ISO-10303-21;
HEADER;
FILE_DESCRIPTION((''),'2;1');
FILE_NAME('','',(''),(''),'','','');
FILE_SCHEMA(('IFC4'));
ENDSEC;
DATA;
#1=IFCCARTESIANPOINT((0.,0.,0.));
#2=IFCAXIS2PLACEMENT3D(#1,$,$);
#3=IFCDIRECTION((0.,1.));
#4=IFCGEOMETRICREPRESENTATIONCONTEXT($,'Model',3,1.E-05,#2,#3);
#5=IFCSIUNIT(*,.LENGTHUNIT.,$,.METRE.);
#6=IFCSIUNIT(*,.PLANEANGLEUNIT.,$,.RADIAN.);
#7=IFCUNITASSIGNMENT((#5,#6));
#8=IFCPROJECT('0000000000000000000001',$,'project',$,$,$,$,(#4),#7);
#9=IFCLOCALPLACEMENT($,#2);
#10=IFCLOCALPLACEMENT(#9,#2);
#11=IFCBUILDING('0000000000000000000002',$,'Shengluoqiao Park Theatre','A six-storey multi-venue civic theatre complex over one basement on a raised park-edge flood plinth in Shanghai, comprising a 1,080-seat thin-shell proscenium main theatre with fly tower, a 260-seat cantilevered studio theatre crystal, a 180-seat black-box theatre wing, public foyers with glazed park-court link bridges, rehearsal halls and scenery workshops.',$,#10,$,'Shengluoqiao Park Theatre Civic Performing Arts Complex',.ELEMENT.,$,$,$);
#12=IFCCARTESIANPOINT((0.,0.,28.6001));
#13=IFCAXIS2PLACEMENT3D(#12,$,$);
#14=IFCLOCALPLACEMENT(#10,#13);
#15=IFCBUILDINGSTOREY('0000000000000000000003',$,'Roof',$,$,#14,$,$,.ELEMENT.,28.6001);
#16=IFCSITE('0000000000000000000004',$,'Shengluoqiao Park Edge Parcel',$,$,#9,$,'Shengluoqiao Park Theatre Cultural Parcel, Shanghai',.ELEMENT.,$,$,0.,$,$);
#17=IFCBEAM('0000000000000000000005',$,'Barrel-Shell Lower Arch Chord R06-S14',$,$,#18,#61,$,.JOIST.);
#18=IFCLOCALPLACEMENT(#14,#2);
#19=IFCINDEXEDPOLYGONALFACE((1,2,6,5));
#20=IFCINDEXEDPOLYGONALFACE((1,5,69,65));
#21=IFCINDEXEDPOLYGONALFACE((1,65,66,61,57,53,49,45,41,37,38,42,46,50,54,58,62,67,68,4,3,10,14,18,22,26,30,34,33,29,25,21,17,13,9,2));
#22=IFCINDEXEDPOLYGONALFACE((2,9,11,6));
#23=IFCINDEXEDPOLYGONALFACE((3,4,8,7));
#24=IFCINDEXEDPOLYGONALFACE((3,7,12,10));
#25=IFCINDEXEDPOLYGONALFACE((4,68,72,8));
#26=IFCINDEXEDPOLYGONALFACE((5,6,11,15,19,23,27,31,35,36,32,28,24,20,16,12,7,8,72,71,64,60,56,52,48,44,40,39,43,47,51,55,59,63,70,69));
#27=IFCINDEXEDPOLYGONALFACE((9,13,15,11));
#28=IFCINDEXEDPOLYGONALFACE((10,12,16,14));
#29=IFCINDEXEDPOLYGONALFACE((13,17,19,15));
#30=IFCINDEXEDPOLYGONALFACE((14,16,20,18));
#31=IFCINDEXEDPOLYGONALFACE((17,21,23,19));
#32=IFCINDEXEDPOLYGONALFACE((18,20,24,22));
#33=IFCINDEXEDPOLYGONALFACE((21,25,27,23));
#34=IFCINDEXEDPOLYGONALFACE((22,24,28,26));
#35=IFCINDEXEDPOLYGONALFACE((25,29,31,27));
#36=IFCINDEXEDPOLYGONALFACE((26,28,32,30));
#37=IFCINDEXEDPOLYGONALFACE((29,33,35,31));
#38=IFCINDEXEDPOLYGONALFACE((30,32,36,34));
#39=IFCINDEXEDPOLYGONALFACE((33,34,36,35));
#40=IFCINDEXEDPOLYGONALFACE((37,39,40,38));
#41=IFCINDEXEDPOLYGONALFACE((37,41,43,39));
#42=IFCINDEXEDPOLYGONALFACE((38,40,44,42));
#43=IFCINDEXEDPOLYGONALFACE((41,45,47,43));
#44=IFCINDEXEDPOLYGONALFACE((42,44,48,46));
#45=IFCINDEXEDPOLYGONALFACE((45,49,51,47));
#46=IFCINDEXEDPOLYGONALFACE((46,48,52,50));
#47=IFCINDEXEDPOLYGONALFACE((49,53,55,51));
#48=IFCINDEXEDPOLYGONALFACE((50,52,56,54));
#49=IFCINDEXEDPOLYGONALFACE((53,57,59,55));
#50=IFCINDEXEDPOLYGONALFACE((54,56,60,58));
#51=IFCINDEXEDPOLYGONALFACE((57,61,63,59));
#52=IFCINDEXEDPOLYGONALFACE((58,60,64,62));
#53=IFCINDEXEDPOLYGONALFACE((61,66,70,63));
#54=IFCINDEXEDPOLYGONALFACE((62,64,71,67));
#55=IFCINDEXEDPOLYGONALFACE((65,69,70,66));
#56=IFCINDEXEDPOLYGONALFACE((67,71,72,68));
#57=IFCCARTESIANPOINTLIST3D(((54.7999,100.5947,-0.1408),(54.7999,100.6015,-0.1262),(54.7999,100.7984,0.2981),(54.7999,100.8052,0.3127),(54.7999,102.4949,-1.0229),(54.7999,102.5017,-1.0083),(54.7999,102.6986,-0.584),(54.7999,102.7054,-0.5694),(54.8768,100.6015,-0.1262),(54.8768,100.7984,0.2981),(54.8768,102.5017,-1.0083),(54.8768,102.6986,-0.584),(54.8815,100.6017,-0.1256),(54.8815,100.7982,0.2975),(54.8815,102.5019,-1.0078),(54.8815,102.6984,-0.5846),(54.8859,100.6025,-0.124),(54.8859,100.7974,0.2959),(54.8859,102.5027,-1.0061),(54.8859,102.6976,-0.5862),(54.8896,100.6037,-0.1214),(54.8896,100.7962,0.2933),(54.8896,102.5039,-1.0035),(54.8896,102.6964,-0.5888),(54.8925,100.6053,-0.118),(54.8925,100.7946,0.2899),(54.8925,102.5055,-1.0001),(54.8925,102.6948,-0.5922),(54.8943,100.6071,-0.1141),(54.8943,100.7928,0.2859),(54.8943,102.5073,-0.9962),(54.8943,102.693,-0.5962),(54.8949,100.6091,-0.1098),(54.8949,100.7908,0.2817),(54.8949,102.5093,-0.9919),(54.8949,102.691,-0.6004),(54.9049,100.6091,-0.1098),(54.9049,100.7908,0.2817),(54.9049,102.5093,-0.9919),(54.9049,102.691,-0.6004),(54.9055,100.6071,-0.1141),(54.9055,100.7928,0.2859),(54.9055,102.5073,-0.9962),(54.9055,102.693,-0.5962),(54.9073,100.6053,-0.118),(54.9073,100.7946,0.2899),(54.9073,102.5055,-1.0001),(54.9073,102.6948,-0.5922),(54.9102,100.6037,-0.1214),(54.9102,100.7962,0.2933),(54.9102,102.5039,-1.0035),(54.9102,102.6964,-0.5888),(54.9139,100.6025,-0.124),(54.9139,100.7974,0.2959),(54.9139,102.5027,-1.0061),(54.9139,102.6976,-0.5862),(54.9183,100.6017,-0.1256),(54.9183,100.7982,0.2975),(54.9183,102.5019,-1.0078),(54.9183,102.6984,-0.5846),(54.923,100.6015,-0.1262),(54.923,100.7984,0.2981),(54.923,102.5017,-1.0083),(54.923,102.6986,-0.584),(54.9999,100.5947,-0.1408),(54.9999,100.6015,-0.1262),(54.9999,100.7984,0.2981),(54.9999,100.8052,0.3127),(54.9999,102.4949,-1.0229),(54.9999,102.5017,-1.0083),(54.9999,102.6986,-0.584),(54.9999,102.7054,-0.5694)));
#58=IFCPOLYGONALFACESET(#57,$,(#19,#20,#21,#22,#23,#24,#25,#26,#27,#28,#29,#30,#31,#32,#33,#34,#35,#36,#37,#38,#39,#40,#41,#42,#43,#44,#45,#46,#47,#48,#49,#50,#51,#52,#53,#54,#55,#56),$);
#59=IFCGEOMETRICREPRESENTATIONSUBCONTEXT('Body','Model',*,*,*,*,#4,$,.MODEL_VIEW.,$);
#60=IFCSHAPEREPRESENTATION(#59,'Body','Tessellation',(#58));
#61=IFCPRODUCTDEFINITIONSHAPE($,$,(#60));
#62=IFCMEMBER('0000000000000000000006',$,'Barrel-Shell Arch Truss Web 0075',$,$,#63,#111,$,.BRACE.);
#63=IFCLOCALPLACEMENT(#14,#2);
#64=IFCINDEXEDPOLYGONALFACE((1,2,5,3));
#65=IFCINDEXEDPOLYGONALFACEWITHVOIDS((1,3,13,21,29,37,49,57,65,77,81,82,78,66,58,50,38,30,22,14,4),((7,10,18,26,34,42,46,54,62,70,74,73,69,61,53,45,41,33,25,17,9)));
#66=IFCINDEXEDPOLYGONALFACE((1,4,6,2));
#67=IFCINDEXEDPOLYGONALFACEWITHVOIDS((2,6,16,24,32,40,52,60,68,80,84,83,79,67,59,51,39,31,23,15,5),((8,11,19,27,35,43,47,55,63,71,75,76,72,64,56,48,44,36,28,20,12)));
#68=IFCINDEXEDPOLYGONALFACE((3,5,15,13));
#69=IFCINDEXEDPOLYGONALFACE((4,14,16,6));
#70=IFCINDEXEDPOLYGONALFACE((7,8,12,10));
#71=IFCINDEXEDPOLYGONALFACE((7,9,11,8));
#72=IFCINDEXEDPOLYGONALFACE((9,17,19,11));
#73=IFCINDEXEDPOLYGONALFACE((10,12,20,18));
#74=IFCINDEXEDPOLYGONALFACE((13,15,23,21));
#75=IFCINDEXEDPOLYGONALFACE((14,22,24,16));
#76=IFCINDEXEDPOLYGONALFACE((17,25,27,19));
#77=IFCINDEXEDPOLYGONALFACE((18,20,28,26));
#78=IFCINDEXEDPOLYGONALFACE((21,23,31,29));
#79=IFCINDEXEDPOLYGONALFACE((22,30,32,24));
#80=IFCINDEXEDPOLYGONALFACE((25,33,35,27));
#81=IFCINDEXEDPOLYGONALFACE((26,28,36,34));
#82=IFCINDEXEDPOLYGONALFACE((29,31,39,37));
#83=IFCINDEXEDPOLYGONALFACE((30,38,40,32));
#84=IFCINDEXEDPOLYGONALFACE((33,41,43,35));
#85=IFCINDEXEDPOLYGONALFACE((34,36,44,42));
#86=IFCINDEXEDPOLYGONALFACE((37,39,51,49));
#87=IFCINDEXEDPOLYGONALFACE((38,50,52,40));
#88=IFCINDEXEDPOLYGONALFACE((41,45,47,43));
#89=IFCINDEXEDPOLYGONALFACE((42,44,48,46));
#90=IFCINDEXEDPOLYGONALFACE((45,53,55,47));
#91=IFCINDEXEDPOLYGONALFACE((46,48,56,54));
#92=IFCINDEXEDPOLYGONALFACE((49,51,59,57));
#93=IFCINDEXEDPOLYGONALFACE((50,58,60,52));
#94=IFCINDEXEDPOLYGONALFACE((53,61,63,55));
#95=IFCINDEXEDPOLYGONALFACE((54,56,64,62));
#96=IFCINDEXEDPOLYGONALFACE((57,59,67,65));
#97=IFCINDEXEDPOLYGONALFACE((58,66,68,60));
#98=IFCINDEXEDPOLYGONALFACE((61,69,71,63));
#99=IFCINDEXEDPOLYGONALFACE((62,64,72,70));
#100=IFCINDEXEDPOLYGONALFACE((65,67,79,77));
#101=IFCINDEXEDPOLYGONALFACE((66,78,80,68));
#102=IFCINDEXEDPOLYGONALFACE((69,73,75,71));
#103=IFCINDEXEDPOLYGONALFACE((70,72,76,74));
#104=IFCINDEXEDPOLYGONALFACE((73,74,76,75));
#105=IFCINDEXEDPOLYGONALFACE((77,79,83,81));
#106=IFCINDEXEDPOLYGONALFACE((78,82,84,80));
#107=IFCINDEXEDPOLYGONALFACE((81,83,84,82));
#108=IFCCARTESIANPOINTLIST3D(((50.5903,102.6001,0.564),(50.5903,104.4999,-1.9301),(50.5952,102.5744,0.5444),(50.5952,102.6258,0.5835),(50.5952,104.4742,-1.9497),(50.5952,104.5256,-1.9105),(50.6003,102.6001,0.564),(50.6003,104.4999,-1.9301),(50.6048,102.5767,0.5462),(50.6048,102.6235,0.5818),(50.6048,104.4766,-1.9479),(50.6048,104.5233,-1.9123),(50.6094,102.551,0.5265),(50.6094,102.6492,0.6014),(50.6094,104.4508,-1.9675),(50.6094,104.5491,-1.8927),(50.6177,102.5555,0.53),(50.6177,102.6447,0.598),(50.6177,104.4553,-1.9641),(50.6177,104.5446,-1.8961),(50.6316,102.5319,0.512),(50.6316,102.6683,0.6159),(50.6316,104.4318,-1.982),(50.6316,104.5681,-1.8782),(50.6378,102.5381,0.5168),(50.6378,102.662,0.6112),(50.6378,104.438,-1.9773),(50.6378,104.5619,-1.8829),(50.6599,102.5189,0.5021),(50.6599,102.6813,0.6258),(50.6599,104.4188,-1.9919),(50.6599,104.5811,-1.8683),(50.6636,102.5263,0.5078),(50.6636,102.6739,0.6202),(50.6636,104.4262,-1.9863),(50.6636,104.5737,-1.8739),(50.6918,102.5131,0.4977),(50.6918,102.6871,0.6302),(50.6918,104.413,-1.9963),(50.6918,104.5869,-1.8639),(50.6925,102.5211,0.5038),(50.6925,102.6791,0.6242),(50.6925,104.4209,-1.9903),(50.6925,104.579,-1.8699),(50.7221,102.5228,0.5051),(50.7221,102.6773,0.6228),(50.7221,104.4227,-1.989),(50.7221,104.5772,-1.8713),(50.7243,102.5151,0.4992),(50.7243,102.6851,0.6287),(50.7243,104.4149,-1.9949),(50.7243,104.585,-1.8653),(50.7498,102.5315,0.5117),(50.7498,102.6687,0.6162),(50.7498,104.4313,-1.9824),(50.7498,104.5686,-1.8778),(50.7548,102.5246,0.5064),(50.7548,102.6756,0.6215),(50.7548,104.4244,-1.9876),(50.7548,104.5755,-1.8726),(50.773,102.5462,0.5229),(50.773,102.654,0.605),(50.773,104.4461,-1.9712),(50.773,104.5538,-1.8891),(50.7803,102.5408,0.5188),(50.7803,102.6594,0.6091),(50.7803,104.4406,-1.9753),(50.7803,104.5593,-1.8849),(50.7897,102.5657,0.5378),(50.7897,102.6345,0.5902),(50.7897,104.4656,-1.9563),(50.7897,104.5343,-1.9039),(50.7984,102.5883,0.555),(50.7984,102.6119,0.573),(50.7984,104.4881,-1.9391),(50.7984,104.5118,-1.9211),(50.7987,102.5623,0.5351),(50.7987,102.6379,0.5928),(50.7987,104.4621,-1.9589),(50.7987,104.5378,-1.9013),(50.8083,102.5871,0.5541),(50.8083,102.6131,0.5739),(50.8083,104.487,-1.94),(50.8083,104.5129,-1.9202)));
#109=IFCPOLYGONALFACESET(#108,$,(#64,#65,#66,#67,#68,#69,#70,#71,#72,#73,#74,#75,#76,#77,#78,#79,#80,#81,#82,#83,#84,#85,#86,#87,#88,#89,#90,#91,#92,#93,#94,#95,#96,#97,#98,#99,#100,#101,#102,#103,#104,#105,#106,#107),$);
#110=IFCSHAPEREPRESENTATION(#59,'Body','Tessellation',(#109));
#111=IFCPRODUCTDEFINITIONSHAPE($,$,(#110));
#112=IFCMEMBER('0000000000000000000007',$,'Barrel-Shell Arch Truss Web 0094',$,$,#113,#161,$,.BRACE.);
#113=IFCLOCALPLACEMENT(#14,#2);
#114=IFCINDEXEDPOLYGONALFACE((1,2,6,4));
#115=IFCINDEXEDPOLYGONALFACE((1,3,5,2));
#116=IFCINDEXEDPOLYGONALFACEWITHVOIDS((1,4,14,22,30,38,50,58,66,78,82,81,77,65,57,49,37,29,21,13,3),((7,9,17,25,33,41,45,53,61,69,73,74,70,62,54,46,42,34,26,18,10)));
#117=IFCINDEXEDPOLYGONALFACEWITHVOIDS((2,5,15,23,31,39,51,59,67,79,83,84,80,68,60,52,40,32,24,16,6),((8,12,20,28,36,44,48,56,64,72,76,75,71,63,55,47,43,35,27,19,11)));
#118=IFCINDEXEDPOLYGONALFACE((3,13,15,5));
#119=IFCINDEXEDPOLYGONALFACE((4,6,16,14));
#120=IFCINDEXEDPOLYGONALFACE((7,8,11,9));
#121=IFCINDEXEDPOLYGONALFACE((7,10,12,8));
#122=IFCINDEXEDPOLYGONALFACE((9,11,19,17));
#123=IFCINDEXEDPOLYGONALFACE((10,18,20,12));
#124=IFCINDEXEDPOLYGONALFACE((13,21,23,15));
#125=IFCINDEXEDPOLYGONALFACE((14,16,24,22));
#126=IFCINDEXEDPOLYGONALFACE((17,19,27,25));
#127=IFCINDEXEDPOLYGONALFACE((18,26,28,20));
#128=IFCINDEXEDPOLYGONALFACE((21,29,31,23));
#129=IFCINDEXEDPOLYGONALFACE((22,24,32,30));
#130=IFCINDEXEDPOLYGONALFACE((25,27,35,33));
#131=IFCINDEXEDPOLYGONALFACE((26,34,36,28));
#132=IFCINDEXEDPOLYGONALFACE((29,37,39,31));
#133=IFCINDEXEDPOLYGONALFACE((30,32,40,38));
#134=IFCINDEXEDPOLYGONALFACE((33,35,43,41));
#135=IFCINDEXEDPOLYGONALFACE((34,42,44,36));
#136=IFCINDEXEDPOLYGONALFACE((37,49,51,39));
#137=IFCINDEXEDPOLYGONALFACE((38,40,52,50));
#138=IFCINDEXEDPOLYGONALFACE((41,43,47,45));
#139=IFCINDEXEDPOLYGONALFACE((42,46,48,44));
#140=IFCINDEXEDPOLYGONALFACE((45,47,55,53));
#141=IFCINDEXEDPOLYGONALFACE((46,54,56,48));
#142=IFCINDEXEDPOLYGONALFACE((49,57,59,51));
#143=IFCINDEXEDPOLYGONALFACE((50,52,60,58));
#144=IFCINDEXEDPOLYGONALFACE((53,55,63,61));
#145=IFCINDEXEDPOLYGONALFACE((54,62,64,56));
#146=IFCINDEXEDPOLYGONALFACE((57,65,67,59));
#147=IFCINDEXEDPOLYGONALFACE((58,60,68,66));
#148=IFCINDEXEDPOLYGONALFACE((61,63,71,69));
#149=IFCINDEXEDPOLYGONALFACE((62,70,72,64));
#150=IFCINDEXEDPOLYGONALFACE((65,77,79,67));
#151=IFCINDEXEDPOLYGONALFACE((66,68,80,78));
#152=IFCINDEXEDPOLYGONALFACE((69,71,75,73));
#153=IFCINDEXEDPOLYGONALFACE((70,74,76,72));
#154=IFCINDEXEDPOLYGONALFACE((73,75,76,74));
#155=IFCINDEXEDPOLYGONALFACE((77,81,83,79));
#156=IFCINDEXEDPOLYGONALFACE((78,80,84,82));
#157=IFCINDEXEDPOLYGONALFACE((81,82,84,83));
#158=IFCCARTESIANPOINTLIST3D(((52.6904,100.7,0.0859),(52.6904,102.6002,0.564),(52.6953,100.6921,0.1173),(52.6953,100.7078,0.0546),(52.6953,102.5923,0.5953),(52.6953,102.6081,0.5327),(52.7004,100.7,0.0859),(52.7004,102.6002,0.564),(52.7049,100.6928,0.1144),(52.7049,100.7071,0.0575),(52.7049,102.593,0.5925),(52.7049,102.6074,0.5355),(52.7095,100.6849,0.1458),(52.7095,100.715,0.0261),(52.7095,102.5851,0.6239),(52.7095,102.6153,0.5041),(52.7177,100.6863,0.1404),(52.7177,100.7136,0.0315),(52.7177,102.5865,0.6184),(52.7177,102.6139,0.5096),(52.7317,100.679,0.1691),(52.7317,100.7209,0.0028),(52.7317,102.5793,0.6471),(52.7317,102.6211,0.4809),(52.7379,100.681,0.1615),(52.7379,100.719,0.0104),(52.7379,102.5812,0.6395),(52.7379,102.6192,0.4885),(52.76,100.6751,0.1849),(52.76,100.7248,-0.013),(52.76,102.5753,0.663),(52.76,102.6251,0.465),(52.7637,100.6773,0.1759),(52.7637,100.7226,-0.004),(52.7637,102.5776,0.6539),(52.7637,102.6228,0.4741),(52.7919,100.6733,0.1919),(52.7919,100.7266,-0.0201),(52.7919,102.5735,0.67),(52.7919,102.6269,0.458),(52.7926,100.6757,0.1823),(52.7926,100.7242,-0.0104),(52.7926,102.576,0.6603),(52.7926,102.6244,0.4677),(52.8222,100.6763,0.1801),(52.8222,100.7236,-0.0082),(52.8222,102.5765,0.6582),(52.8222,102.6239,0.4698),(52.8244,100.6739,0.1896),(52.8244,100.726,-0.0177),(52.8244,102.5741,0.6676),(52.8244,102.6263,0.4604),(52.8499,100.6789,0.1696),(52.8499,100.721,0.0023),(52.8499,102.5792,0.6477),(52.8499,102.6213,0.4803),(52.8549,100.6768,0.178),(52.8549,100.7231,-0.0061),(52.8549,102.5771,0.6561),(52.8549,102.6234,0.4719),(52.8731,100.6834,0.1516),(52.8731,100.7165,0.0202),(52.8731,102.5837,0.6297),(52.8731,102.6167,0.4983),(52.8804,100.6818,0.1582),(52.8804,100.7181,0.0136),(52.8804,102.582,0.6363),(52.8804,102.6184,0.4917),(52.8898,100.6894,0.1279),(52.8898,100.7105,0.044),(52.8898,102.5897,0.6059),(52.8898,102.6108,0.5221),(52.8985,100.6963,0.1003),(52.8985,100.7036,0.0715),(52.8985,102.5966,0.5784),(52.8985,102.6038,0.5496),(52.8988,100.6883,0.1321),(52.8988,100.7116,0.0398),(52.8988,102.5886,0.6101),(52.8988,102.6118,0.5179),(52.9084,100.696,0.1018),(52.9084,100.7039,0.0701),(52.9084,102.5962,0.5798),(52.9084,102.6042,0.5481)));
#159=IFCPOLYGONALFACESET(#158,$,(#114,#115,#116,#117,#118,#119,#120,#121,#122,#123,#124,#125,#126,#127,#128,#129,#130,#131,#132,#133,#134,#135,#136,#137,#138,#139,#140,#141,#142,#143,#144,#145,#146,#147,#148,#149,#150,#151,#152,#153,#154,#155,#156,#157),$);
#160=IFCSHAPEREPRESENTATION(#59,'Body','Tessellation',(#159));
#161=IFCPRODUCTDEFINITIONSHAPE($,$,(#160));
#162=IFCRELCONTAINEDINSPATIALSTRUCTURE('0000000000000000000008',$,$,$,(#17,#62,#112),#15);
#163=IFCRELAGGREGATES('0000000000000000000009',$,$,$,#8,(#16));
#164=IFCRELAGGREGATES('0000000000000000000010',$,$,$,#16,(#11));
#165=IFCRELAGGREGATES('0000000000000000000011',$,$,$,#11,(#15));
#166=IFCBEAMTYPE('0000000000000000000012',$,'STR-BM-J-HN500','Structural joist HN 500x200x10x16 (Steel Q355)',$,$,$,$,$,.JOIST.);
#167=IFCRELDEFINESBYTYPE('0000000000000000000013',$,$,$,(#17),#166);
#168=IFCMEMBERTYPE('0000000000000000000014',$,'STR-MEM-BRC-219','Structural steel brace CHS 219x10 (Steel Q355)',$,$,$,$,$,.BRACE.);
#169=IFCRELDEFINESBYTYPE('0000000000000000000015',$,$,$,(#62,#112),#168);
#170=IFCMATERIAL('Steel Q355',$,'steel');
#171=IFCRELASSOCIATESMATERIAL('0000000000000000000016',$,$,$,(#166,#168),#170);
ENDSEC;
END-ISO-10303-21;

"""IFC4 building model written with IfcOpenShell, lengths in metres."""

from ifc_helpers import new_model, si_unit, direction, frame, origin, origin_2d, place, context, subcontext, project, spatial, hollow_circle, i_section, extrude, material, material_profile, profile_set, type_object, element, save


model = new_model("IFC4")

# Units and contexts
model_context = context("Model", 3, precision=1e-05, world=origin(), true_north=direction((0.0, 1.0)))
body_context = subcontext(model_context, "Body", "Model", "MODEL_VIEW")
ifc_project = project(units=[si_unit("LENGTHUNIT", "METRE"), si_unit("PLANEANGLEUNIT", "RADIAN")], contexts=[model_context])

# Site, building, storey
site_placement = place(None, origin())
site = spatial("IfcSite", under=ifc_project, at=site_placement, Name="Shengluoqiao Park Edge Parcel", LongName="Shengluoqiao Park Theatre Cultural Parcel, Shanghai", CompositionType="ELEMENT", RefElevation=0.0)
building_placement = place(site_placement, origin())
building = spatial("IfcBuilding", under=site, at=building_placement, Name="Shengluoqiao Park Theatre", Description="A six-storey multi-venue civic theatre complex over one basement on a raised park-edge flood plinth in Shanghai, comprising a 1,080-seat thin-shell proscenium main theatre with fly tower, a 260-seat cantilevered studio theatre crystal, a 180-seat black-box theatre wing, public foyers with glazed park-court link bridges, rehearsal halls and scenery workshops.", LongName="Shengluoqiao Park Theatre Civic Performing Arts Complex", CompositionType="ELEMENT")
storey_placement = place(building_placement, frame((0.0, 0.0, 28.6001)))
storey = spatial("IfcBuildingStorey", under=building, at=storey_placement, Name="Roof", CompositionType="ELEMENT", Elevation=28.6001)

# Beam
ifc_material_1 = material(Name="Steel Q355", Category="steel")
ifc_material_profile_1 = material_profile(ifc_material_1, i_section(OverallWidth=0.2, OverallDepth=0.5, WebThickness=0.01, FlangeThickness=0.0161, FilletRadius=0.0181, at=origin_2d()), Name="HN 500x200x10x16")
ifc_profile_set_1 = profile_set([ifc_material_profile_1], Name="Steel Q355")
beam_type_1 = type_object("IfcBeamType", Name="STR-BM-J-HN500", Description="Structural joist HN 500x200x10x16 (Steel Q355)", PredefinedType="JOIST", material=ifc_profile_set_1)
beam_1_placement = place(storey_placement, frame((54.8999, 100.7, 0.0859), z_axis=(0.0, 0.907033, -0.42106), x_axis=(-1.0, 0.0, 0.0)))
element("IfcBeam", 1, at=beam_1_placement, inside=storey, type_object=beam_type_1, Name="Barrel-Shell Lower Arch Chord R06-S14", PredefinedType="JOIST", context=body_context, shape_type="SweptSolid", body=[
    extrude(i_section(OverallWidth=0.2, OverallDepth=0.5, WebThickness=0.01, FlangeThickness=0.0161, FilletRadius=0.0181, at=origin_2d()), origin(), (0.0, 0.0, 1.0), 2.095),
])

# Members
ifc_material_profile_2 = material_profile(ifc_material_1, hollow_circle(Radius=0.1096, WallThickness=0.01, at=origin_2d()), Name="CHS 219x10")
ifc_profile_set_2 = profile_set([ifc_material_profile_2], Name="Steel Q355")
member_type_1 = type_object("IfcMemberType", Name="STR-MEM-BRC-219", Description="Structural steel brace CHS 219x10 (Steel Q355)", PredefinedType="BRACE", material=ifc_profile_set_2)
member_1_placement = place(storey_placement, frame((50.7, 102.6001, 0.564), z_axis=(0.0, 0.605963, -0.795492), x_axis=(-1.0, 0.0, 0.0)))
element("IfcMember", 2, at=member_1_placement, inside=storey, type_object=member_type_1, Name="Barrel-Shell Arch Truss Web 0075", PredefinedType="BRACE", context=body_context, shape_type="SweptSolid", body=[
    extrude(hollow_circle(Radius=0.1096, WallThickness=0.01, at=origin_2d()), origin(), (0.0, 0.0, 1.0), 3.1353),
])
member_2_placement = place(storey_placement, frame((52.8, 100.7, 0.0859), z_axis=(0.0, 0.969782, 0.243972), x_axis=(-1.0, 0.0, 0.0)))
element("IfcMember", 3, at=member_2_placement, inside=storey, type_object=member_type_1, Name="Barrel-Shell Arch Truss Web 0094", PredefinedType="BRACE", context=body_context, shape_type="SweptSolid", body=[
    extrude(hollow_circle(Radius=0.1096, WallThickness=0.01, at=origin_2d()), origin(), (0.0, 0.0, 1.0), 1.9595),
])

save(model, "model.ifc")
